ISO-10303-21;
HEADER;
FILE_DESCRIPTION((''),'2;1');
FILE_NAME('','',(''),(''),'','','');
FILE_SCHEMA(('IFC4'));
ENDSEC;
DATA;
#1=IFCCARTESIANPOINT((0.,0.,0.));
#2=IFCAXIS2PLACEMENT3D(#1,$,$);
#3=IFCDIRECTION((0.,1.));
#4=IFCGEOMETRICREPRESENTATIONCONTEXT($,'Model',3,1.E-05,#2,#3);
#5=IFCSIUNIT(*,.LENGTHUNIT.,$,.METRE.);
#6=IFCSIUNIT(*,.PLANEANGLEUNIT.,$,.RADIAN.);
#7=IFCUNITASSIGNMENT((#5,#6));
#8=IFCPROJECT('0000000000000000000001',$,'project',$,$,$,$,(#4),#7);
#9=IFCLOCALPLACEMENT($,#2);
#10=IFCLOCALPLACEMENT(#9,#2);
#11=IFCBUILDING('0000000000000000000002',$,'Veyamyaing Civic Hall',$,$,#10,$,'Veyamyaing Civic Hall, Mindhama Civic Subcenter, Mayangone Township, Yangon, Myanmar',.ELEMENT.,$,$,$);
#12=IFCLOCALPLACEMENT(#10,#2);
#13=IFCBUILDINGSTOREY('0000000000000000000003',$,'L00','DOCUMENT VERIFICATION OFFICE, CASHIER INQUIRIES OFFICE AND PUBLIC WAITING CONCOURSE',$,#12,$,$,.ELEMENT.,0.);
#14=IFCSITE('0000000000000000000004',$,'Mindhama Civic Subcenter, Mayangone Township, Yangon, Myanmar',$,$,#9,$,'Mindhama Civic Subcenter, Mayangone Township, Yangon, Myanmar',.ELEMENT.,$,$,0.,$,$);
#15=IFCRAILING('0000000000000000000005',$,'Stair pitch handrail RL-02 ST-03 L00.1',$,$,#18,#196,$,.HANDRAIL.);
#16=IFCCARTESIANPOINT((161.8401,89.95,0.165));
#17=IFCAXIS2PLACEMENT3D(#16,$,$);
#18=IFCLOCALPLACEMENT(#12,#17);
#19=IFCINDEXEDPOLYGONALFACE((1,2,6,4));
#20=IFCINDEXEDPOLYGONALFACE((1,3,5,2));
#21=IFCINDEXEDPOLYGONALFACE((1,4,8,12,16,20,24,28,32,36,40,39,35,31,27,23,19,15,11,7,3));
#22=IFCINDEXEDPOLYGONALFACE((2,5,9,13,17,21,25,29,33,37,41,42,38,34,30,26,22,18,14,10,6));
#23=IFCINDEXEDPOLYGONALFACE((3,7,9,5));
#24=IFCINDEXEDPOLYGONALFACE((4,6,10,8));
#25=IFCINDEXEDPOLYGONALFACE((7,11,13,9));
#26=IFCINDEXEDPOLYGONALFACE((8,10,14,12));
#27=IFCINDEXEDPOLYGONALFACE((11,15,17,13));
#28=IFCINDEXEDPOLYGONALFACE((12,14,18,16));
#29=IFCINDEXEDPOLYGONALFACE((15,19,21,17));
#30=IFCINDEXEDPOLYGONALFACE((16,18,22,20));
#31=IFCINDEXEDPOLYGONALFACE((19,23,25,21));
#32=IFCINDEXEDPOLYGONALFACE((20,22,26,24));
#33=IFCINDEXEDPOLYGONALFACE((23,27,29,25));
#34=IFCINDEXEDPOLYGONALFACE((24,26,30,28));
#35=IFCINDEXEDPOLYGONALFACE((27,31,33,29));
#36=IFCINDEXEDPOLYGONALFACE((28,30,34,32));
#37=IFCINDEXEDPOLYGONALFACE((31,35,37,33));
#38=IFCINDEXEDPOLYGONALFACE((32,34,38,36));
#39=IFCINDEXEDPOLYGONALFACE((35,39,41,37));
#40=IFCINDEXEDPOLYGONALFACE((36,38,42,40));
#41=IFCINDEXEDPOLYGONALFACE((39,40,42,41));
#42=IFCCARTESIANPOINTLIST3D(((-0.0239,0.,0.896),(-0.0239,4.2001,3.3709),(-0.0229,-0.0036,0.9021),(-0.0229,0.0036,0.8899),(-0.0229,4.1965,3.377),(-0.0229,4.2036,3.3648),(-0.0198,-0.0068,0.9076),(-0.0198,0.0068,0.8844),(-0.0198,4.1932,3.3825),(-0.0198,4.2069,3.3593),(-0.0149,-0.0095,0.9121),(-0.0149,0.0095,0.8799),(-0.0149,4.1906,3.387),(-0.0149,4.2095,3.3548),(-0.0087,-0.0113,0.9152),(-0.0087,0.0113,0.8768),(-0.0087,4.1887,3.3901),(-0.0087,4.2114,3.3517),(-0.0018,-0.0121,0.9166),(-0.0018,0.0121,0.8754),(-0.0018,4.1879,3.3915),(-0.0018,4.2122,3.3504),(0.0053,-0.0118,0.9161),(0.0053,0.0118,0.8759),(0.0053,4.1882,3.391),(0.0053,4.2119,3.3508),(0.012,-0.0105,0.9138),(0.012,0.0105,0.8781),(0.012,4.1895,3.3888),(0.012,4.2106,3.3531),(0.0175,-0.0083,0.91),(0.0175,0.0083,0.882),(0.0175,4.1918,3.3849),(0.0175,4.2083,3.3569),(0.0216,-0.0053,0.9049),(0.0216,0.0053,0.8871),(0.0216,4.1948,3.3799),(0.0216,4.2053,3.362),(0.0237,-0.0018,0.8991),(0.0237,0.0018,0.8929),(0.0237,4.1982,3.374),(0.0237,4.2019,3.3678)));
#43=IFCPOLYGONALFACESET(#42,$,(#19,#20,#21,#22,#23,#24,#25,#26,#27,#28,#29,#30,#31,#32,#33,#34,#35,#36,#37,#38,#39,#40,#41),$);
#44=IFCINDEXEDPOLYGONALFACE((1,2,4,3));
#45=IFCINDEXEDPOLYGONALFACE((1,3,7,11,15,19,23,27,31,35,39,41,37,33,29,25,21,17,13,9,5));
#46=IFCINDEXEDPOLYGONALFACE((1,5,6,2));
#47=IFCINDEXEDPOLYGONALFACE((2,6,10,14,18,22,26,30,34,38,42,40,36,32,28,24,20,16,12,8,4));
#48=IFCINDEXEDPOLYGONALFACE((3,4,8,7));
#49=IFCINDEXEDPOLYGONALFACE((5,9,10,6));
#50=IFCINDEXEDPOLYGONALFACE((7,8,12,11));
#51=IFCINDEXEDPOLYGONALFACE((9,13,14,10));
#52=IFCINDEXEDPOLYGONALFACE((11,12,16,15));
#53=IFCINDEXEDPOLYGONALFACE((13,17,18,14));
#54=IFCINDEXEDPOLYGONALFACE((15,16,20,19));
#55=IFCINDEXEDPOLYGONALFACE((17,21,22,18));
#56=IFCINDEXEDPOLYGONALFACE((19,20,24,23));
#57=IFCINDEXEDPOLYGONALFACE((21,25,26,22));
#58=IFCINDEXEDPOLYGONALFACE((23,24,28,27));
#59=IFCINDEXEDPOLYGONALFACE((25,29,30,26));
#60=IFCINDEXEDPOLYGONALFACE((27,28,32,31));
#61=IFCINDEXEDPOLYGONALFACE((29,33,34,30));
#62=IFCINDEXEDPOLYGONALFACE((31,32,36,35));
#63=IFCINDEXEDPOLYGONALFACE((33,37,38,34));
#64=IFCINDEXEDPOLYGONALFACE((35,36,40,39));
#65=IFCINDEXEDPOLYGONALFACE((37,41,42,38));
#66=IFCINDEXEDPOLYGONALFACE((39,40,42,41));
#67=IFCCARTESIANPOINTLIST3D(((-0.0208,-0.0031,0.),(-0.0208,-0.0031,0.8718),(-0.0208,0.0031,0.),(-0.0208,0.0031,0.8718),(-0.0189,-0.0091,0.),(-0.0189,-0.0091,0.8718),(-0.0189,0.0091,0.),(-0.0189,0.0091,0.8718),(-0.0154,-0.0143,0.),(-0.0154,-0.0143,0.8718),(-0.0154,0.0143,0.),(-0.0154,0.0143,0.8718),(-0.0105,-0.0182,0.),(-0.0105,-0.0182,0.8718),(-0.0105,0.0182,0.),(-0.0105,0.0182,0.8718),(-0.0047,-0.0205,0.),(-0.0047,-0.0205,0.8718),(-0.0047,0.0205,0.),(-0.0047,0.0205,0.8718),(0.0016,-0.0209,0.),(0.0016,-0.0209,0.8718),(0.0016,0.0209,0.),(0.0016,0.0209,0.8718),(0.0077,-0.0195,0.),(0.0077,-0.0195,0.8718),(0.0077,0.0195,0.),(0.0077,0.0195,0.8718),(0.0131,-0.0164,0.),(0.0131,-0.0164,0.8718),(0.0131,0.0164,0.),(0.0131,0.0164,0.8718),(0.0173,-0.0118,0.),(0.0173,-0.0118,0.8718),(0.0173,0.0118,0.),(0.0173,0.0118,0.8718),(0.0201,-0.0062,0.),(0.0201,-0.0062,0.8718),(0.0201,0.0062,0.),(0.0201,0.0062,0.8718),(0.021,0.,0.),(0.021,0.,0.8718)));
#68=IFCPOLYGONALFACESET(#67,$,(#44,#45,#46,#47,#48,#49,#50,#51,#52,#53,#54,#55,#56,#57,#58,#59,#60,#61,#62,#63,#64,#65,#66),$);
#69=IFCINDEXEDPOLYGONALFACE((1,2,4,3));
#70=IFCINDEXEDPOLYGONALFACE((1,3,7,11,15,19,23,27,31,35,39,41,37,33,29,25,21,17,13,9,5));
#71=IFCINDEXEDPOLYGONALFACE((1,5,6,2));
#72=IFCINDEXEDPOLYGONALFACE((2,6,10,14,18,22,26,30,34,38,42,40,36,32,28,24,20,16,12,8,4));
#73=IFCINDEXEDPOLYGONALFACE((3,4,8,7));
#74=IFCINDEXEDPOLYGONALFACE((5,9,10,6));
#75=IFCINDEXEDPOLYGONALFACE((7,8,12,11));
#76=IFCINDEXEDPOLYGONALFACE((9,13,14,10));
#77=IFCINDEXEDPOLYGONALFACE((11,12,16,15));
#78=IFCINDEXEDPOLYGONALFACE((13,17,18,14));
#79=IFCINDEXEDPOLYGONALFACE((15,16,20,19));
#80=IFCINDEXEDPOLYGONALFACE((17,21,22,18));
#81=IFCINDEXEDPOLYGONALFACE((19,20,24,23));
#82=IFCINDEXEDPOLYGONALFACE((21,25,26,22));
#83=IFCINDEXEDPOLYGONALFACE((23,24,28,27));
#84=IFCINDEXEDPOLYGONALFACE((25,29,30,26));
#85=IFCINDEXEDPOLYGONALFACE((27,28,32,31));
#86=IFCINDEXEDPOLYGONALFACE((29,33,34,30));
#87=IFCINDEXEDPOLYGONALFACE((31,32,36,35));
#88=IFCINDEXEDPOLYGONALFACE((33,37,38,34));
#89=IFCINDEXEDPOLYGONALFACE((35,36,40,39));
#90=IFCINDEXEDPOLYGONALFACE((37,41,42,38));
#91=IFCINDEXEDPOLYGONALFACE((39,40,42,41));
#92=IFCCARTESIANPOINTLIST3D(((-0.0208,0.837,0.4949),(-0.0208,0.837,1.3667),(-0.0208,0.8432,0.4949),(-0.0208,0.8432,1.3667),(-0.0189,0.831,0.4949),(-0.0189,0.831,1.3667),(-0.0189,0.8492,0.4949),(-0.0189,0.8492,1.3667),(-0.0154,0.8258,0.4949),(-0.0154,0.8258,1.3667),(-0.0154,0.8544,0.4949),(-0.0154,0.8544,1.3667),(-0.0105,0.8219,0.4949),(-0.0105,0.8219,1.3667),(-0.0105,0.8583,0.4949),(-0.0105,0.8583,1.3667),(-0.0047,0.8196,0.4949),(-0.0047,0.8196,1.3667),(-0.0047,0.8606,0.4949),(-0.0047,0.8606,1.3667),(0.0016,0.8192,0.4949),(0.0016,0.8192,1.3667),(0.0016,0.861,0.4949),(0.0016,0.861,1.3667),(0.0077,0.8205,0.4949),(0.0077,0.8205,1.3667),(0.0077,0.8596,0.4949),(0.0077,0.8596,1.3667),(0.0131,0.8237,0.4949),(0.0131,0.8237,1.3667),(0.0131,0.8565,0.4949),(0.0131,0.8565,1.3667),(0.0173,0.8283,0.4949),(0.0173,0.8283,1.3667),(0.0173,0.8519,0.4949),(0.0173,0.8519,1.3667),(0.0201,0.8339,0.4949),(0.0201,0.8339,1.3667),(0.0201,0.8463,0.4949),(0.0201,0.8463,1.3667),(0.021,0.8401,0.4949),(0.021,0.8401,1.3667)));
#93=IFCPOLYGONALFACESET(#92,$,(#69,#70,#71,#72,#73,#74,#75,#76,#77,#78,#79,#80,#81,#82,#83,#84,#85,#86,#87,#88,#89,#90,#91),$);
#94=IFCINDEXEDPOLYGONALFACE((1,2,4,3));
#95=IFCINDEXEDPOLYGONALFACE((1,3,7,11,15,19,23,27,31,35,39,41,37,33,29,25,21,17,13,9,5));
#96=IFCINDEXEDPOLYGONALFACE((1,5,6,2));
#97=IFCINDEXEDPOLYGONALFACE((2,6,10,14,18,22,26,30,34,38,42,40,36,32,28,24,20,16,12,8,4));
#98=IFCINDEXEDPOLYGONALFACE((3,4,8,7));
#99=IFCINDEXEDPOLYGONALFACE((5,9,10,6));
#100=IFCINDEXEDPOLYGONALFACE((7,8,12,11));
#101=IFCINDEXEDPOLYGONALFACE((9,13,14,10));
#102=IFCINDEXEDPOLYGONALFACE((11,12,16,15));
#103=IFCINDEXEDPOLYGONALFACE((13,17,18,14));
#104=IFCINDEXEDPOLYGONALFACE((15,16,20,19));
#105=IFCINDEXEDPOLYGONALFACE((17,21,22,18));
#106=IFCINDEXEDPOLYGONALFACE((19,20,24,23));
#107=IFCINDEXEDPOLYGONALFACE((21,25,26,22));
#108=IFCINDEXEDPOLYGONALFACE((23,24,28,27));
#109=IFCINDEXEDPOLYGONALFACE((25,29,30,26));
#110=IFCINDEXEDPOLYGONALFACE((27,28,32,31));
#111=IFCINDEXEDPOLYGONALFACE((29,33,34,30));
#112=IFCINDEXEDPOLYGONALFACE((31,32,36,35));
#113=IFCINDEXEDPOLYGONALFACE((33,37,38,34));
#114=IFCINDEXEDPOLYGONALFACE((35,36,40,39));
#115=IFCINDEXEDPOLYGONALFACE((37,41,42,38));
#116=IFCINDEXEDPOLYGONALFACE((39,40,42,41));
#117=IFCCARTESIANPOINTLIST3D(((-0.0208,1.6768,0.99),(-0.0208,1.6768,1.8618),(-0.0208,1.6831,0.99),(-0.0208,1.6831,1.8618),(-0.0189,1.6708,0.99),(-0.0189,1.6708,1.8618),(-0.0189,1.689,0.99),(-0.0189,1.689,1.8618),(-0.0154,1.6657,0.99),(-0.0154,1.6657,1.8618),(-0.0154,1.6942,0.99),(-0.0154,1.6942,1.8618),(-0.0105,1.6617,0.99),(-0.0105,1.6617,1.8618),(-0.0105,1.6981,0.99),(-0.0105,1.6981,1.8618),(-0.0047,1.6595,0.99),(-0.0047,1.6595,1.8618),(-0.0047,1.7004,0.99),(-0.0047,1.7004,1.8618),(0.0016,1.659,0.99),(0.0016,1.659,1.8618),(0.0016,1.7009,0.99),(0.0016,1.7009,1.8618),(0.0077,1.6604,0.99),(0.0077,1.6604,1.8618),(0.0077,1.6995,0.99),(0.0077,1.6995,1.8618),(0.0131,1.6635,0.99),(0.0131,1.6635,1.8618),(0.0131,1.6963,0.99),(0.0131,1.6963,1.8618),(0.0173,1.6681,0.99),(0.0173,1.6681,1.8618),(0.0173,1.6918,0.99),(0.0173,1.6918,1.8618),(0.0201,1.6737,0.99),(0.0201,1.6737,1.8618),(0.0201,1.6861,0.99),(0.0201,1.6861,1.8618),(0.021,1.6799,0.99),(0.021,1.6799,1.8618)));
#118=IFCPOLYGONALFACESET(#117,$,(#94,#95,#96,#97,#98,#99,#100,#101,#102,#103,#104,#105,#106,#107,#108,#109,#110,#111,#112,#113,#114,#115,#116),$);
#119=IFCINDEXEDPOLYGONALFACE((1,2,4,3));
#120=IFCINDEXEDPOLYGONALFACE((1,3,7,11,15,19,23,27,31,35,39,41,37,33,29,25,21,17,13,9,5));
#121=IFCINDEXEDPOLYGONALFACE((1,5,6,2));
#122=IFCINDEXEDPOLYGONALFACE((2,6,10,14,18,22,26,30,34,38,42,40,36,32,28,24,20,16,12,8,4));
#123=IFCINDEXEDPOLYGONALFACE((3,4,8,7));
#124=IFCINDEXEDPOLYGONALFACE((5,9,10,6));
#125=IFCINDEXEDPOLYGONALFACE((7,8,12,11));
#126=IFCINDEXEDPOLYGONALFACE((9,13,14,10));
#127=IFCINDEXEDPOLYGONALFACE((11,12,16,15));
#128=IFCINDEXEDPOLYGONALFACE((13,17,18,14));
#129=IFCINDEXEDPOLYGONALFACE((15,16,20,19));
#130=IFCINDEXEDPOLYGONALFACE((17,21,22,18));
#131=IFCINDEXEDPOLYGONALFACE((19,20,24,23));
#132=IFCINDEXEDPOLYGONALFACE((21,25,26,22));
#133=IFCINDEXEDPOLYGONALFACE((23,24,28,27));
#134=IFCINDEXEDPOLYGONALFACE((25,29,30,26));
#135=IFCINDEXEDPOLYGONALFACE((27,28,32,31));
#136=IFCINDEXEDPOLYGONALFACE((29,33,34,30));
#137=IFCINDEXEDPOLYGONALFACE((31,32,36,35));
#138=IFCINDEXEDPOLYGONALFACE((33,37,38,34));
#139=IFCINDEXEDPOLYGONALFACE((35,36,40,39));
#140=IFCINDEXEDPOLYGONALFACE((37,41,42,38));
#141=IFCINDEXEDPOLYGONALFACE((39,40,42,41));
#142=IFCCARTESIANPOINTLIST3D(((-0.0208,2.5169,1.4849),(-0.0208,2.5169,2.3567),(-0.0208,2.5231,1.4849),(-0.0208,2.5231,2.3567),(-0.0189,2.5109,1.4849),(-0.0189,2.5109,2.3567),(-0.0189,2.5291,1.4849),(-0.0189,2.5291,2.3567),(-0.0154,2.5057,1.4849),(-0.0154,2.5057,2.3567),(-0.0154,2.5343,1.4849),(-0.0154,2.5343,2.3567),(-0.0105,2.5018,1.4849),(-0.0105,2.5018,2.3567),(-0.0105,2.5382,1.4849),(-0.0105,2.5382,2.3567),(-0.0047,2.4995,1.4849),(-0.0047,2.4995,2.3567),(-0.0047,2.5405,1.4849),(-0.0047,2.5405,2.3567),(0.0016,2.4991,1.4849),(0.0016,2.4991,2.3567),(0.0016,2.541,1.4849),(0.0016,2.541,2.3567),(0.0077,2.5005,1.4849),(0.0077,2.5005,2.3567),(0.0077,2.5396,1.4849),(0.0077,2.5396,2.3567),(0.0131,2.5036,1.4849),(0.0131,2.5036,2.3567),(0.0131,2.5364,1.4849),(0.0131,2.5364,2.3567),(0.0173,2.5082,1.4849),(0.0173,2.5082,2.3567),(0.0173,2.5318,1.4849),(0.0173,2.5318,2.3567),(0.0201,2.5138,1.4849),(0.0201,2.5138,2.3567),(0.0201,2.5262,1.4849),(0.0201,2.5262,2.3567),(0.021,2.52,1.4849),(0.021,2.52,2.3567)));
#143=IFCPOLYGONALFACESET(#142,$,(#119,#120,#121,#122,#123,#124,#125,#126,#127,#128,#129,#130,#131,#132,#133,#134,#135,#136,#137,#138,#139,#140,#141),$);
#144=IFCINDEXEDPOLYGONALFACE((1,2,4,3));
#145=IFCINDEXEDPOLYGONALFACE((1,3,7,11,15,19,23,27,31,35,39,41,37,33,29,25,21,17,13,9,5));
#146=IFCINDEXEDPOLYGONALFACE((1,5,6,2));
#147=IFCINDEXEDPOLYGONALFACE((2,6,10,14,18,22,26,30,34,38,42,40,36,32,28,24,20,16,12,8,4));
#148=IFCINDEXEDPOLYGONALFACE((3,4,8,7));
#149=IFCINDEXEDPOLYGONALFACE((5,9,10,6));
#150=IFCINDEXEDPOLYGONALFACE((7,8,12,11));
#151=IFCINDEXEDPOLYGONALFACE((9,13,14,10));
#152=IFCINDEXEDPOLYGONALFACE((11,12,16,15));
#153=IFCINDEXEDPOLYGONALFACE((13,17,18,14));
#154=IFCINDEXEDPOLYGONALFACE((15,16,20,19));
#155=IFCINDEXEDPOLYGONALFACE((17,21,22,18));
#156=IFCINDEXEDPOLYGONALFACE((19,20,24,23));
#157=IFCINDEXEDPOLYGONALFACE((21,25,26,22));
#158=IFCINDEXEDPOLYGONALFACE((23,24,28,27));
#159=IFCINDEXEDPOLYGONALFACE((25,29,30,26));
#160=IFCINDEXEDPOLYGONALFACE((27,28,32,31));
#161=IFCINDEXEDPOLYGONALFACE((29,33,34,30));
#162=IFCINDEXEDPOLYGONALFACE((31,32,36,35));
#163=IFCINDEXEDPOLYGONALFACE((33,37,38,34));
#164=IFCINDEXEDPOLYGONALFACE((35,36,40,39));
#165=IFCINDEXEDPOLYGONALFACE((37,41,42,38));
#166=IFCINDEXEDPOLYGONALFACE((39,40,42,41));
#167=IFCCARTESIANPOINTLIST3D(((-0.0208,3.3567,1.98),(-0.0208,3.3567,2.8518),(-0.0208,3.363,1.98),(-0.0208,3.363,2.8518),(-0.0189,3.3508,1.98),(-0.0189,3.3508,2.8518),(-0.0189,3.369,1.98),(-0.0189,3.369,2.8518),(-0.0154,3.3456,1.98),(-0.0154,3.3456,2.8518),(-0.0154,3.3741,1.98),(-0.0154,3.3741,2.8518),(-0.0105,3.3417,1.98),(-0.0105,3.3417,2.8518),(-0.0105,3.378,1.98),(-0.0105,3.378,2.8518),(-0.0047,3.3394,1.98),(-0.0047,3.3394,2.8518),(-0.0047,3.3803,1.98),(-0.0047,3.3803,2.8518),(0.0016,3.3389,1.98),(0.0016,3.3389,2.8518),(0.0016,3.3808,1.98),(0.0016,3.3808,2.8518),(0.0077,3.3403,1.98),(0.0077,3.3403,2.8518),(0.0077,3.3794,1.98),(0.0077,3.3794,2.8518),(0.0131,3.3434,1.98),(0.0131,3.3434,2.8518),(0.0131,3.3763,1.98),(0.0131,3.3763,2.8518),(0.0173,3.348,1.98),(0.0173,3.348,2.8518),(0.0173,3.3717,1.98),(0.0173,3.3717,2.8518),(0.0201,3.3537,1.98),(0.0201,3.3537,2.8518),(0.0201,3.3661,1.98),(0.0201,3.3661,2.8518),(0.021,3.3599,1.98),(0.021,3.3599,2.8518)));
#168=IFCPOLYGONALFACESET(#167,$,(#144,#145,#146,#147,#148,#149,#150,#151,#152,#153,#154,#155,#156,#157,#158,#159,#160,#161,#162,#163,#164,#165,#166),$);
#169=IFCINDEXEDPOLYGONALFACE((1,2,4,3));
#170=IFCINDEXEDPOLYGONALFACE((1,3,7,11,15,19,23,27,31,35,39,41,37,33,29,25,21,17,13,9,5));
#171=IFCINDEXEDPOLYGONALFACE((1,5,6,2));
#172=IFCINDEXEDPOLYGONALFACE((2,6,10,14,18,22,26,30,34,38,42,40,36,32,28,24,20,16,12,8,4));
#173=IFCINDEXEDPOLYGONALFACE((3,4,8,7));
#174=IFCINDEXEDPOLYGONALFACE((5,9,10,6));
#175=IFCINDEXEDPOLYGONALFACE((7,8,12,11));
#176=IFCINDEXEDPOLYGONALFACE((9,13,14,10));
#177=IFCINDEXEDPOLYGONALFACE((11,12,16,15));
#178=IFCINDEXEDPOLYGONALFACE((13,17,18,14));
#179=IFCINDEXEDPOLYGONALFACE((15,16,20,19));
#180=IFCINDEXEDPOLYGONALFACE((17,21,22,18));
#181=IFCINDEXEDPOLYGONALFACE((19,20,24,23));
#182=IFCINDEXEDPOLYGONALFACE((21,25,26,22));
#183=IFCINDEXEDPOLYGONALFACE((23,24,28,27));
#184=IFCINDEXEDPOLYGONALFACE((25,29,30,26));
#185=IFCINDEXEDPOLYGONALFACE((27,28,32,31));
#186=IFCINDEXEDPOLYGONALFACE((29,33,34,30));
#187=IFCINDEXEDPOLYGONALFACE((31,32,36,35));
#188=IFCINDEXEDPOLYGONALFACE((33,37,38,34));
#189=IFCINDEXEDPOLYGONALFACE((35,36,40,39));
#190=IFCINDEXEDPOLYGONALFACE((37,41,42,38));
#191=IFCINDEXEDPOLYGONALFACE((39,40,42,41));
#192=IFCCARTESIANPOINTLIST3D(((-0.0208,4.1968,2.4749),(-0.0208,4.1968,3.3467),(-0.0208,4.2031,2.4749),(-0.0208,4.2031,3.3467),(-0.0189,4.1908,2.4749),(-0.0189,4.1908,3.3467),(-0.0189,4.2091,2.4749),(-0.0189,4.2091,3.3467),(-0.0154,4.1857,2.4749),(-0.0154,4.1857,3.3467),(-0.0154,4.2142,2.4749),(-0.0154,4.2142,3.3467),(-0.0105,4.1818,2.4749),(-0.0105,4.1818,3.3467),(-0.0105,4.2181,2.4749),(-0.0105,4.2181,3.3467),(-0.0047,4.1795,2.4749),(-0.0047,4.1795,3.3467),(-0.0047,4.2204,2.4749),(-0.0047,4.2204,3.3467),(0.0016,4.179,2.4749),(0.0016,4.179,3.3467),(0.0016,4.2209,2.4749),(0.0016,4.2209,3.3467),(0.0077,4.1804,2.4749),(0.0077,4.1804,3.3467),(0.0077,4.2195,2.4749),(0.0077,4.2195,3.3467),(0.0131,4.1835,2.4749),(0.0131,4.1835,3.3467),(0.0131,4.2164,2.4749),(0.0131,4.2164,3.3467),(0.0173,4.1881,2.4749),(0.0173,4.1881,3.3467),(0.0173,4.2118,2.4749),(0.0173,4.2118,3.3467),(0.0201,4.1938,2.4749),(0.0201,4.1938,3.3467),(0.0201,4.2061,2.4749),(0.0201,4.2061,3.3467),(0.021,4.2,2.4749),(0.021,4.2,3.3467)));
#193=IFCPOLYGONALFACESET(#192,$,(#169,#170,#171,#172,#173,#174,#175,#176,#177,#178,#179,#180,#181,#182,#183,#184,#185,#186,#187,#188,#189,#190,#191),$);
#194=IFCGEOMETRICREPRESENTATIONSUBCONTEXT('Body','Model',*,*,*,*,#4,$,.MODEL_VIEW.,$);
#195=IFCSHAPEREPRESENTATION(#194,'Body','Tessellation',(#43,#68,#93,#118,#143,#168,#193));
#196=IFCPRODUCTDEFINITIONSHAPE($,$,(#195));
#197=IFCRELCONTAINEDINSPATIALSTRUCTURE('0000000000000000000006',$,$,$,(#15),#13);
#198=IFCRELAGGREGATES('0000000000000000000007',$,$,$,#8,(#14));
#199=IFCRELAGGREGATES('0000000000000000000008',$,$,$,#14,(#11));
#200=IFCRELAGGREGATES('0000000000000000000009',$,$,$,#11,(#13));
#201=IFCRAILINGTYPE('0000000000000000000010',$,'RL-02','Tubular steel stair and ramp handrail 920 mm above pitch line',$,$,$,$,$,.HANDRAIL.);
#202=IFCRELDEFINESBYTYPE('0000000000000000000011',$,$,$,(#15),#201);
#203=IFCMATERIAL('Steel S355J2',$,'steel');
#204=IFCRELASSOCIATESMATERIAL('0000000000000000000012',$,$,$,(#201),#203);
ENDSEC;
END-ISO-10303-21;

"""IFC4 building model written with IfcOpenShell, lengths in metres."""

from ifc_helpers import new_model, si_unit, direction, frame, origin, origin_2d, place, context, subcontext, project, spatial, circle, extrude, material, type_object, element, save


model = new_model("IFC4")

# Units and contexts
model_context = context("Model", 3, precision=1e-05, world=origin(), true_north=direction((0.0, 1.0)))
body_context = subcontext(model_context, "Body", "Model", "MODEL_VIEW")
ifc_project = project(units=[si_unit("LENGTHUNIT", "METRE"), si_unit("PLANEANGLEUNIT", "RADIAN")], contexts=[model_context])

# Site, building, storey
site_placement = place(None, origin())
site = spatial("IfcSite", under=ifc_project, at=site_placement, Name="Mindhama Civic Subcenter, Mayangone Township, Yangon, Myanmar", LongName="Mindhama Civic Subcenter, Mayangone Township, Yangon, Myanmar", CompositionType="ELEMENT", RefElevation=0.0)
building_placement = place(site_placement, origin())
building = spatial("IfcBuilding", under=site, at=building_placement, Name="Veyamyaing Civic Hall", LongName="Veyamyaing Civic Hall, Mindhama Civic Subcenter, Mayangone Township, Yangon, Myanmar", CompositionType="ELEMENT")
storey_placement = place(building_placement, origin())
storey = spatial("IfcBuildingStorey", under=building, at=storey_placement, Name="L00", Description="DOCUMENT VERIFICATION OFFICE, CASHIER INQUIRIES OFFICE AND PUBLIC WAITING CONCOURSE", CompositionType="ELEMENT", Elevation=0.0)

# Railing
ifc_material_1 = material(Name="Steel S355J2", Category="steel")
railing_type_1 = type_object("IfcRailingType", Name="RL-02", Description="Tubular steel stair and ramp handrail 920 mm above pitch line", PredefinedType="HANDRAIL", material=ifc_material_1)
railing_1_placement = place(storey_placement, frame((161.8401, 89.95, 0.165)))
element("IfcRailing", 1, at=railing_1_placement, inside=storey, type_object=railing_type_1, Name="Stair pitch handrail RL-02 ST-03 L00.1", PredefinedType="HANDRAIL", context=body_context, shape_type="SweptSolid", body=[
    extrude(circle(Radius=0.0239, at=origin_2d()), frame((0.0, 0.0, 0.896), z_axis=(0.0, 0.861549, 0.507674), x_axis=(-1.0, 0.0, 0.0)), (0.0, 0.0, 1.0), 4.875),
    extrude(circle(Radius=0.021, at=origin_2d()), origin(), (0.0, 0.0, 1.0), 0.8718),
    extrude(circle(Radius=0.021, at=origin_2d()), frame((0.0, 0.8401, 0.4949)), (0.0, 0.0, 1.0), 0.8718),
    extrude(circle(Radius=0.021, at=origin_2d()), frame((0.0, 1.6799, 0.99)), (0.0, 0.0, 1.0), 0.8718),
    extrude(circle(Radius=0.021, at=origin_2d()), frame((0.0, 2.52, 1.4849)), (0.0, 0.0, 1.0), 0.8718),
    extrude(circle(Radius=0.021, at=origin_2d()), frame((0.0, 3.3599, 1.98)), (0.0, 0.0, 1.0), 0.8718),
    extrude(circle(Radius=0.021, at=origin_2d()), frame((0.0, 4.2, 2.4749)), (0.0, 0.0, 1.0), 0.8718),
])

save(model, "model.ifc")
